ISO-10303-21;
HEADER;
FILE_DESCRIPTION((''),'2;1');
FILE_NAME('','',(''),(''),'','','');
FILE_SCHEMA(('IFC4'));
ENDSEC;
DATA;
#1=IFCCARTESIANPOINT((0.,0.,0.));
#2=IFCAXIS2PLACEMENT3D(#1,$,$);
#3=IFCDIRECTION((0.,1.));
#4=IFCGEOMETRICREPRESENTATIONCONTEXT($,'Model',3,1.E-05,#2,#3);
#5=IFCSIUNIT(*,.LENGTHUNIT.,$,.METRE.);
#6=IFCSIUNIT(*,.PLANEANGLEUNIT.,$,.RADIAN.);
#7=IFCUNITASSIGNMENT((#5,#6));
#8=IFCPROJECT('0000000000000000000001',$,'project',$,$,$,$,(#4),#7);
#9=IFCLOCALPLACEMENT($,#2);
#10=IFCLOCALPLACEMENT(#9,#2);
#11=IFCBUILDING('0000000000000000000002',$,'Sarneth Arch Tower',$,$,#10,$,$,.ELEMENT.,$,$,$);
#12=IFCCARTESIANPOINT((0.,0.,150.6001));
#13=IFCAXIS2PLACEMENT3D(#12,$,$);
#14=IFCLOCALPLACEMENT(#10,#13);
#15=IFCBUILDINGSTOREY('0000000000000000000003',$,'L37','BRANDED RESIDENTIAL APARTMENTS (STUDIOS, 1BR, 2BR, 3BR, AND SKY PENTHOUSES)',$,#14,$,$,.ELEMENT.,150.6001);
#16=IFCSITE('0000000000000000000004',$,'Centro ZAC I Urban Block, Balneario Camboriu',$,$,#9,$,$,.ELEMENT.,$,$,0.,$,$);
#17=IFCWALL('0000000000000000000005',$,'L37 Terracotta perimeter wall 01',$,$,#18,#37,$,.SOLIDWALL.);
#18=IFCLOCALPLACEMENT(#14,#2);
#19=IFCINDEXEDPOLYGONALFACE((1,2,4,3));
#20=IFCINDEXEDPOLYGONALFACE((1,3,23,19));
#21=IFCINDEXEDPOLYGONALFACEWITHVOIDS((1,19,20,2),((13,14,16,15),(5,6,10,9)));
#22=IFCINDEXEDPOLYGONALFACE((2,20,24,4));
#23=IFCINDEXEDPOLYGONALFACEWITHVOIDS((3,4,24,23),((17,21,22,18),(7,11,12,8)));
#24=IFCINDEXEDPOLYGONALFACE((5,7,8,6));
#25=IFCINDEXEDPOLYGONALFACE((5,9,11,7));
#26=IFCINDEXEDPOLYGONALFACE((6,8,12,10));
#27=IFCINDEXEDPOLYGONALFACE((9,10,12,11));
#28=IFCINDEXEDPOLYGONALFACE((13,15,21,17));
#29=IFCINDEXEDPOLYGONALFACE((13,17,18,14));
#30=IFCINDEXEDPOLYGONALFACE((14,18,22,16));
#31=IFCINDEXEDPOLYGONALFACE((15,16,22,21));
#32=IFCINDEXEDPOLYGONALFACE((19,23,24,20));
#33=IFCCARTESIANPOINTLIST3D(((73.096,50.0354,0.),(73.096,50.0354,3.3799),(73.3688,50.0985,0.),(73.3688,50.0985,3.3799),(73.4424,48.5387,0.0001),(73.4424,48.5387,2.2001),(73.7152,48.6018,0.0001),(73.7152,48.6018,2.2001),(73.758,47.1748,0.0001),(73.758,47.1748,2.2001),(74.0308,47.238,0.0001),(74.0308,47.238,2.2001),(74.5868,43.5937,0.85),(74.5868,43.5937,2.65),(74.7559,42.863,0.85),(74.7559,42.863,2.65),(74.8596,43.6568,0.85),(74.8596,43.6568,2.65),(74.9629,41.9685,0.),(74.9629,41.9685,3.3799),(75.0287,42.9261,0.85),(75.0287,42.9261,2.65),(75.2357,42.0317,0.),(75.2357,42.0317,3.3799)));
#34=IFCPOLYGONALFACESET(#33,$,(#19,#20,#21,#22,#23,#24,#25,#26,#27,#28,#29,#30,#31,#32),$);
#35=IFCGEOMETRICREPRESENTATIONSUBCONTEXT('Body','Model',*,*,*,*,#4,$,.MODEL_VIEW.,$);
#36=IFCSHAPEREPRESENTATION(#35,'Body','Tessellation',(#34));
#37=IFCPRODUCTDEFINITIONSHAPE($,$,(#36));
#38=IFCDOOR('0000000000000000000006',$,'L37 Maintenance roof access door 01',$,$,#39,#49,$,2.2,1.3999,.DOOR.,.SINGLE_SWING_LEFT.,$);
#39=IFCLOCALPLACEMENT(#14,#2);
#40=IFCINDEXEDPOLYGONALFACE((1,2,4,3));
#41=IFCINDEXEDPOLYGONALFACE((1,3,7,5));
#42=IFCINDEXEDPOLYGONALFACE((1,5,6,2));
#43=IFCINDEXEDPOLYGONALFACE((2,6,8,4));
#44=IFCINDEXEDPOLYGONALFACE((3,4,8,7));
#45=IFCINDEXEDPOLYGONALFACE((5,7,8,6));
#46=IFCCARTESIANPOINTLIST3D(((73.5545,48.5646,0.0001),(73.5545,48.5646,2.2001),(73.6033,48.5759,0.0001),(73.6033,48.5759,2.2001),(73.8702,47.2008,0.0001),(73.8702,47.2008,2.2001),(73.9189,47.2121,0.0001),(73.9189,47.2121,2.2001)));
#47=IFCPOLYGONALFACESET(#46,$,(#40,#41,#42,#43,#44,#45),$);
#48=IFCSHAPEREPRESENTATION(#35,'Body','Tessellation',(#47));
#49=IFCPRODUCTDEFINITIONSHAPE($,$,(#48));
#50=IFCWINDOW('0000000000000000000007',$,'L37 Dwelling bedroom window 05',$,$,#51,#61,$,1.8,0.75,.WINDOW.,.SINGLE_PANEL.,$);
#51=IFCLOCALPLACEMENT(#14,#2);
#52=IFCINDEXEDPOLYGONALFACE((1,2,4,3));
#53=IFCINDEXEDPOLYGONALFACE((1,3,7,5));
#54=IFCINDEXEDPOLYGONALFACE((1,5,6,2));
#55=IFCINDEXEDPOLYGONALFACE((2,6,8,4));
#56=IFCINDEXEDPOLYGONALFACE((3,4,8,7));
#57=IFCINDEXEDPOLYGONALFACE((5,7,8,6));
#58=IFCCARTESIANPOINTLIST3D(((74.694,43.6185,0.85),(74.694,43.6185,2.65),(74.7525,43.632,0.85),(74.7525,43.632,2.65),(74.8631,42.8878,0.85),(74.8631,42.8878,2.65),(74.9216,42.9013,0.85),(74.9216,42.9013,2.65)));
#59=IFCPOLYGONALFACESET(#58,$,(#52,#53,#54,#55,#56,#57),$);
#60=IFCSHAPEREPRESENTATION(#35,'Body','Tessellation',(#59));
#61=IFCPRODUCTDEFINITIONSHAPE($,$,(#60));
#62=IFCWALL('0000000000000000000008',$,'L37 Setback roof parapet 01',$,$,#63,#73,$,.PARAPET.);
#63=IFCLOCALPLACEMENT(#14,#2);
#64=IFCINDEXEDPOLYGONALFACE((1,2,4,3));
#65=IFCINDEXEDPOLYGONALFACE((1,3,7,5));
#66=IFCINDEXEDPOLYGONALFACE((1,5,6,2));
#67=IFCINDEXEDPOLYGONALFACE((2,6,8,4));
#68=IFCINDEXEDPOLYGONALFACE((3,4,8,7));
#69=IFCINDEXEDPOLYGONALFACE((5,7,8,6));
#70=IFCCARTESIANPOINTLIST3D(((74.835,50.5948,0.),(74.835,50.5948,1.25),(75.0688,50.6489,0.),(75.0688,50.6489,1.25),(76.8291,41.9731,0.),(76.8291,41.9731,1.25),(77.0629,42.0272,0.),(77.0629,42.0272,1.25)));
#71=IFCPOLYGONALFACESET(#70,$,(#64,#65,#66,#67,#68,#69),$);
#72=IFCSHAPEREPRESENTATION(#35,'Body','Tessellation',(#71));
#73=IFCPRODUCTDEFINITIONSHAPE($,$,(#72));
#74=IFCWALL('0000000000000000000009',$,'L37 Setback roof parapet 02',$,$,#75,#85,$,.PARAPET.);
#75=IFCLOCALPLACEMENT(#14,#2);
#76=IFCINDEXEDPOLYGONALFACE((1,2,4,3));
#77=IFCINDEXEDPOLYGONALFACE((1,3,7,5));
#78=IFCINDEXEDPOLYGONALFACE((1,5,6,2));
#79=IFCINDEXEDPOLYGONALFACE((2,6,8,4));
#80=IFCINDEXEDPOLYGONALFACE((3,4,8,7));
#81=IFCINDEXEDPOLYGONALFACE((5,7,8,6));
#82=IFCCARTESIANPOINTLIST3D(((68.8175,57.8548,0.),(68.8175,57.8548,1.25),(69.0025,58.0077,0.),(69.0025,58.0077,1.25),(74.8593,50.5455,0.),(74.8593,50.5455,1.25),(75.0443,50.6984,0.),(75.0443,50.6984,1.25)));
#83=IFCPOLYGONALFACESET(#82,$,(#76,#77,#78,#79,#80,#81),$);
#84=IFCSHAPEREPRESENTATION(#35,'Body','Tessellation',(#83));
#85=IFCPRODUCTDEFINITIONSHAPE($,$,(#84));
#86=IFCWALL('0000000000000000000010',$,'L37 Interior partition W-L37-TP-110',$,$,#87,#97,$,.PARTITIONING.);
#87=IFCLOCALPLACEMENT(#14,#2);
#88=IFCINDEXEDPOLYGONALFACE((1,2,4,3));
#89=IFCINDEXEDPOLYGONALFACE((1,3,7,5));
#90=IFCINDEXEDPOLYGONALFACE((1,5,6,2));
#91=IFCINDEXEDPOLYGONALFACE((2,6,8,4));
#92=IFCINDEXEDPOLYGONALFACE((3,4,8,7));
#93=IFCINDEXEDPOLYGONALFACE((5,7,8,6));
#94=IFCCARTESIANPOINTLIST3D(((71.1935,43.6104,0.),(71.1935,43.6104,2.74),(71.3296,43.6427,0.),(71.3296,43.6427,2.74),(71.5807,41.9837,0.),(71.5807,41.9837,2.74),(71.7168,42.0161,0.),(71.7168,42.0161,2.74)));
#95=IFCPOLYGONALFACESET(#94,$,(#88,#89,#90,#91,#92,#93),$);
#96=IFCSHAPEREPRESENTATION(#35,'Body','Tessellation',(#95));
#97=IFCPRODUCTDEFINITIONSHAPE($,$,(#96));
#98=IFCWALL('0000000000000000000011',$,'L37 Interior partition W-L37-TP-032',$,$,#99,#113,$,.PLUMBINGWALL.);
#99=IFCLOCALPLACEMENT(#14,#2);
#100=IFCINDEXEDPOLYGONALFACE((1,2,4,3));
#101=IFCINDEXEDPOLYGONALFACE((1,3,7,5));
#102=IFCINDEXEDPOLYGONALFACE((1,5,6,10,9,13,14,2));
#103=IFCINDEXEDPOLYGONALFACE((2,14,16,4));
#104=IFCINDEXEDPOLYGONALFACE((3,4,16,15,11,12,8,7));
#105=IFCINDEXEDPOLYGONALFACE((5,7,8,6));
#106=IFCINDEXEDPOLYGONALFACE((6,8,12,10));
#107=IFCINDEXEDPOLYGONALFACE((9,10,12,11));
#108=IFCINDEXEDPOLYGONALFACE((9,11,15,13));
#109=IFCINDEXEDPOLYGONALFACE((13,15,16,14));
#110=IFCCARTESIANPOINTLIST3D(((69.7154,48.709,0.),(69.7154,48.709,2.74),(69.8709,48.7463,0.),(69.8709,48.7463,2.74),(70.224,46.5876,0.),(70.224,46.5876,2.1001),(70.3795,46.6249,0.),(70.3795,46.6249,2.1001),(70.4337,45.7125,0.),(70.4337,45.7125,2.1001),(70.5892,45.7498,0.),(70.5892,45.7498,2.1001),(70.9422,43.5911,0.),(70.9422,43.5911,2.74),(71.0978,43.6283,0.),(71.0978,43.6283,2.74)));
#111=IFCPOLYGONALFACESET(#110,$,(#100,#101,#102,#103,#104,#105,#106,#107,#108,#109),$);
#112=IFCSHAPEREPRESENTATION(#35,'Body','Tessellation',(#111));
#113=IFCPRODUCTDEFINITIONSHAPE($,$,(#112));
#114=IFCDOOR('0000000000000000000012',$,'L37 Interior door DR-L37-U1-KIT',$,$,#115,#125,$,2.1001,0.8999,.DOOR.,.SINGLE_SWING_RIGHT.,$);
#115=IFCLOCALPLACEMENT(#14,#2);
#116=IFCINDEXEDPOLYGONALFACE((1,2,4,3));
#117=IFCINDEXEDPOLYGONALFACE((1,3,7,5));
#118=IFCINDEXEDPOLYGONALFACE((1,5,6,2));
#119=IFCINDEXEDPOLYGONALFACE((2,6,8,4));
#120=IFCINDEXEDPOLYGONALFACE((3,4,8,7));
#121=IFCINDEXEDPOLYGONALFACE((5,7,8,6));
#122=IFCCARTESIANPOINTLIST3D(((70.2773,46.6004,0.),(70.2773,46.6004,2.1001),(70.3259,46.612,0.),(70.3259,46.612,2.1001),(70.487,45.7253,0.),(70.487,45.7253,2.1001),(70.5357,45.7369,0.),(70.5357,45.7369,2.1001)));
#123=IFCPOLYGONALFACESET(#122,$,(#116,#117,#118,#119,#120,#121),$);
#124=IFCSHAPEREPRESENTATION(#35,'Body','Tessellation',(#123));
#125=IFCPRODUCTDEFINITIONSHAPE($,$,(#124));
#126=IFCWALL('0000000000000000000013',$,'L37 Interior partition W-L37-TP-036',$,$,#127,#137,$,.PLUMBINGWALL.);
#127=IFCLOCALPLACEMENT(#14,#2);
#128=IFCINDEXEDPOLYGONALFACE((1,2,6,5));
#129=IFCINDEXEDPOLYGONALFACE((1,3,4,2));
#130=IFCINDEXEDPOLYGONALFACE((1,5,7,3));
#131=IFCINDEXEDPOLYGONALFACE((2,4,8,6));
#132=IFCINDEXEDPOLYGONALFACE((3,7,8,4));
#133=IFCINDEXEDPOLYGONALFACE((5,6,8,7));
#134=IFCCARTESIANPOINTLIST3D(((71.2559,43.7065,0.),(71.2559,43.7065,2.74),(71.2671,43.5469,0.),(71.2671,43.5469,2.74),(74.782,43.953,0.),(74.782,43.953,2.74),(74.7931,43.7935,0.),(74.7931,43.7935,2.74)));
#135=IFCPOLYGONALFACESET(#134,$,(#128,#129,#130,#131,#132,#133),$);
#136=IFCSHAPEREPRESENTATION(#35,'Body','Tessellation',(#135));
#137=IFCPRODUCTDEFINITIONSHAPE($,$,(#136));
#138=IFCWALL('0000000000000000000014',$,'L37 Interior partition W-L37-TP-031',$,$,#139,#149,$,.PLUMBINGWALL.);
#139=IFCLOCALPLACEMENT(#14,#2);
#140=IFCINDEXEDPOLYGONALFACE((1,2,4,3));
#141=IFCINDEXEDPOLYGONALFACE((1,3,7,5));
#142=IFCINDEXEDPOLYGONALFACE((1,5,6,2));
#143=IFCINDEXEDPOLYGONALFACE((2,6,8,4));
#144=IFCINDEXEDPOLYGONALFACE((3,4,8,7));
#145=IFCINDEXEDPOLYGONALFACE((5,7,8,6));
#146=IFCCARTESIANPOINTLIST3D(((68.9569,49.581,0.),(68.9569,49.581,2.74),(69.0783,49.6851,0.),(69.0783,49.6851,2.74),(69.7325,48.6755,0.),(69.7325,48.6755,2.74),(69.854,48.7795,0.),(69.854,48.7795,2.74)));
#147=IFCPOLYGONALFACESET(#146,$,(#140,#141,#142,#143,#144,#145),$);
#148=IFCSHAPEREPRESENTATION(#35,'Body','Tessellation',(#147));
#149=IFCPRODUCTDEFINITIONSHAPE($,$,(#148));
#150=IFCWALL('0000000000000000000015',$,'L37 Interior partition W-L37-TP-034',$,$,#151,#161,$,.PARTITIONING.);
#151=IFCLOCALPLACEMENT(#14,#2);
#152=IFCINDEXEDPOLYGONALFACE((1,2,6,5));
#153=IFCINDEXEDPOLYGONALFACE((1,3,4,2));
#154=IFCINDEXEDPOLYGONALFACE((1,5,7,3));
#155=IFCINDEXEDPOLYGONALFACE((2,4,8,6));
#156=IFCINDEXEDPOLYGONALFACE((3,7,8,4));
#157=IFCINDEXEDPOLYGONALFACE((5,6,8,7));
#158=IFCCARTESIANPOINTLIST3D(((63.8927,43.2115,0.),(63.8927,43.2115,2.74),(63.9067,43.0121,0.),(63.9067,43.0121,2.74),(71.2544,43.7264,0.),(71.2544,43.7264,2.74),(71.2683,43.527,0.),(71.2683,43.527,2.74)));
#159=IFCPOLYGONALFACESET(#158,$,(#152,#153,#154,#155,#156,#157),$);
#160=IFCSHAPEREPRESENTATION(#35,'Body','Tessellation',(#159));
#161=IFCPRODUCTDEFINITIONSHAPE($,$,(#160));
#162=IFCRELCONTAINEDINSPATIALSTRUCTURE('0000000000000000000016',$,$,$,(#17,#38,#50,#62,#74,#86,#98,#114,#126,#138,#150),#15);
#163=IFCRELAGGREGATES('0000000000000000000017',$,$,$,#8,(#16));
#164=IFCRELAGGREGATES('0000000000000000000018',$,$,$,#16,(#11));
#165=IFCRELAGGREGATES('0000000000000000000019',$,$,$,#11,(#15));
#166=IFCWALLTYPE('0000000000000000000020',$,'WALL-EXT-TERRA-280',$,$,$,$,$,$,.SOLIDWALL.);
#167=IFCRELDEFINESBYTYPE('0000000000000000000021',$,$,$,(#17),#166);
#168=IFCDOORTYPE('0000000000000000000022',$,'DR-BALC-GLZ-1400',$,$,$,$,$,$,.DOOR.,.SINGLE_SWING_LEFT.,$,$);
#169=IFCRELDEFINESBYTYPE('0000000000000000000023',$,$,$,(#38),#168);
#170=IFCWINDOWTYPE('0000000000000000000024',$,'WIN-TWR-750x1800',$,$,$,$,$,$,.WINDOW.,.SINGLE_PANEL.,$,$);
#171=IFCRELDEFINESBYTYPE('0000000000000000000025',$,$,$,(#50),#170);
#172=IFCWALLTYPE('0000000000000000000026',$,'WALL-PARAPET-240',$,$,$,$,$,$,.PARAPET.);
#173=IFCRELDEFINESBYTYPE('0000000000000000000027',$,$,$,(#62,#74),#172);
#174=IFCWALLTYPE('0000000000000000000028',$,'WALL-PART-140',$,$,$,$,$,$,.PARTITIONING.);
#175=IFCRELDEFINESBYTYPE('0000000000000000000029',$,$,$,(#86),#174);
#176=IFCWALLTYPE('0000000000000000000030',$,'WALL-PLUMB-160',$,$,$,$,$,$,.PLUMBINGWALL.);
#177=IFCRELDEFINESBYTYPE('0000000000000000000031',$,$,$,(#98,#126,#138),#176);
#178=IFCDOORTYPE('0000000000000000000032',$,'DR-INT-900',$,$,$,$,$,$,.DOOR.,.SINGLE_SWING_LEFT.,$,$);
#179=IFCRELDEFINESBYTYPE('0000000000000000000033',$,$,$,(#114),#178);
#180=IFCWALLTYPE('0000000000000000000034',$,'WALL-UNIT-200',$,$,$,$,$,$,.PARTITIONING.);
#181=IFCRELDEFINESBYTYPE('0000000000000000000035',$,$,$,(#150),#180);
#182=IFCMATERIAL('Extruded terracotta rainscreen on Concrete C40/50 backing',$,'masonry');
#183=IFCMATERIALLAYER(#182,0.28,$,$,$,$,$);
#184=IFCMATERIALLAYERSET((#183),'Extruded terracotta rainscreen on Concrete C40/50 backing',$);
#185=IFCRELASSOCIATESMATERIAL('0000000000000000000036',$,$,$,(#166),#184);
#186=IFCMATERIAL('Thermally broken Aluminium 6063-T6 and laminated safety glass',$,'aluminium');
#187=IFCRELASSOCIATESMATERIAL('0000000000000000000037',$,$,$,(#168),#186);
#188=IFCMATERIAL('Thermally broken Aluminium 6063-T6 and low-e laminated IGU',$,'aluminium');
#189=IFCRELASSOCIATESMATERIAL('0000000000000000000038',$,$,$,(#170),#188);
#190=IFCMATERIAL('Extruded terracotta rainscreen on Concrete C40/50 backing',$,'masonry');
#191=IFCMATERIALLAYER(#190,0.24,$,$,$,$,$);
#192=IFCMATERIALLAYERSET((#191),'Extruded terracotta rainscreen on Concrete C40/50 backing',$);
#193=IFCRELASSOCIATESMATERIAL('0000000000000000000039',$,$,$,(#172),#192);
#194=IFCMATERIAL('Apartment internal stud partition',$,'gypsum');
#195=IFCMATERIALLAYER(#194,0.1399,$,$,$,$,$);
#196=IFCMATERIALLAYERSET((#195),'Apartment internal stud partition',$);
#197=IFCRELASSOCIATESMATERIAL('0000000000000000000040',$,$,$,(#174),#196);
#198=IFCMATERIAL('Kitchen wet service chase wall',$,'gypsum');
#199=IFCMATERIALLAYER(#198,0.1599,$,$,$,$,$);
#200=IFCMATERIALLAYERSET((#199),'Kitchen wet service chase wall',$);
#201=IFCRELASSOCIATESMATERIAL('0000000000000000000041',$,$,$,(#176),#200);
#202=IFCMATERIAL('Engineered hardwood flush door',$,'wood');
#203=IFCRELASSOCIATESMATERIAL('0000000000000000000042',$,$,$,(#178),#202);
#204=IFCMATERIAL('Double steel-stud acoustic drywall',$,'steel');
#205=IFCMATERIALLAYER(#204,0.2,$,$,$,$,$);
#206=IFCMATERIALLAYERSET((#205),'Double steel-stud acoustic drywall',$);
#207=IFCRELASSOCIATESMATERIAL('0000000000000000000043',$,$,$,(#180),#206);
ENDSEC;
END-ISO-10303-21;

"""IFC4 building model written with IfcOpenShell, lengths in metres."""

from ifc_helpers import new_model, si_unit, direction, frame, frame_2d, origin, place, context, subcontext, project, spatial, rectangle, extrude, material, layer, layer_set, type_object, element, fill, save


model = new_model("IFC4")

# Units and contexts
model_context = context("Model", 3, precision=1e-05, world=origin(), true_north=direction((0.0, 1.0)))
body_context = subcontext(model_context, "Body", "Model", "MODEL_VIEW")
ifc_project = project(units=[si_unit("LENGTHUNIT", "METRE"), si_unit("PLANEANGLEUNIT", "RADIAN")], contexts=[model_context])

# Site, building, storey
site_placement = place(None, origin())
site = spatial("IfcSite", under=ifc_project, at=site_placement, Name="Centro ZAC I Urban Block, Balneario Camboriu", CompositionType="ELEMENT", RefElevation=0.0)
building_placement = place(site_placement, origin())
building = spatial("IfcBuilding", under=site, at=building_placement, Name="Sarneth Arch Tower", CompositionType="ELEMENT")
storey_placement = place(building_placement, frame((0.0, 0.0, 150.6001)))
storey = spatial("IfcBuildingStorey", under=building, at=storey_placement, Name="L37", Description="BRANDED RESIDENTIAL APARTMENTS (STUDIOS, 1BR, 2BR, 3BR, AND SKY PENTHOUSES)", CompositionType="ELEMENT", Elevation=150.6001)

# Wall, openings, door, window
ifc_material_1 = material(Name="Extruded terracotta rainscreen on Concrete C40/50 backing", Category="masonry")
ifc_layer_1 = layer(ifc_material_1, 0.28)
ifc_layer_set_1 = layer_set([ifc_layer_1], Name="Extruded terracotta rainscreen on Concrete C40/50 backing")
wall_type_1 = type_object("IfcWallType", Name="WALL-EXT-TERRA-280", PredefinedType="SOLIDWALL", material=ifc_layer_set_1)
wall_1_placement = place(storey_placement, frame((75.0994, 42.0, 0.0), z_axis=(0.0, 0.0, 1.0), x_axis=(-0.225473, 0.974249, 0.0)))
wall_1 = element("IfcWall", 1, at=wall_1_placement, inside=storey, type_object=wall_type_1, Name="L37 Terracotta perimeter wall 01", PredefinedType="SOLIDWALL", context=body_context, shape_type="SweptSolid", body=[
    extrude(rectangle(XDim=8.28, YDim=0.28, at=frame_2d((4.1401, 0.0))), origin(), (0.0, 0.0, 1.0), 3.3799),
])
opening_1_placement = place(wall_1_placement, frame((5.344, 0.0, 0.0)))
opening_1 = element("IfcOpeningElement", 2, at=opening_1_placement, cuts=wall_1, PredefinedType="OPENING", context=body_context, shape_type="SweptSolid", body=[
    extrude(rectangle(XDim=1.3999, YDim=2.2, at=frame_2d((0.7, 1.1001))), frame((0.0, 0.1499, 0.0), z_axis=(0.0, -1.0, 0.0), x_axis=(1.0, 0.0, 0.0)), (0.0, 0.0, 1.0), 0.3),
])
opening_2_placement = place(wall_1_placement, frame((0.9182, 0.0, 0.8501)))
opening_2 = element("IfcOpeningElement", 3, at=opening_2_placement, cuts=wall_1, PredefinedType="OPENING", context=body_context, shape_type="SweptSolid", body=[
    extrude(rectangle(XDim=0.75, YDim=1.8, at=frame_2d((0.375, 0.8999))), frame((0.0, 0.1499, 0.0), z_axis=(0.0, -1.0, 0.0), x_axis=(1.0, 0.0, 0.0)), (0.0, 0.0, 1.0), 0.3),
])
ifc_material_2 = material(Name="Thermally broken Aluminium 6063-T6 and laminated safety glass", Category="aluminium")
door_type_1 = type_object("IfcDoorType", Name="DR-BALC-GLZ-1400", OperationType="SINGLE_SWING_LEFT", PredefinedType="DOOR", material=ifc_material_2)
door_1_placement = place(opening_1_placement, origin())
door_1 = element("IfcDoor", 4, at=door_1_placement, inside=storey, type_object=door_type_1, Name="L37 Maintenance roof access door 01", OperationType="SINGLE_SWING_LEFT", OverallHeight=2.2, OverallWidth=1.3999, PredefinedType="DOOR", context=body_context, shape_type="SweptSolid", body=[
    extrude(rectangle(XDim=1.3999, YDim=2.2, at=frame_2d((0.7, 1.1001))), frame((0.0, 0.0249, 0.0), z_axis=(0.0, -1.0, 0.0), x_axis=(1.0, 0.0, 0.0)), (0.0, 0.0, 1.0), 0.05),
])
fill(opening_1, door_1)
ifc_material_3 = material(Name="Thermally broken Aluminium 6063-T6 and low-e laminated IGU", Category="aluminium")
window_type = type_object("IfcWindowType", Name="WIN-TWR-750x1800", PartitioningType="SINGLE_PANEL", PredefinedType="WINDOW", material=ifc_material_3)
window_placement = place(opening_2_placement, origin())
window = element("IfcWindow", 5, at=window_placement, inside=storey, type_object=window_type, Name="L37 Dwelling bedroom window 05", OverallHeight=1.8, OverallWidth=0.75, PartitioningType="SINGLE_PANEL", PredefinedType="WINDOW", context=body_context, shape_type="SweptSolid", body=[
    extrude(rectangle(XDim=0.75, YDim=1.8, at=frame_2d((0.375, 0.8999))), frame((0.0, 0.03, 0.0), z_axis=(0.0, -1.0, 0.0), x_axis=(1.0, 0.0, 0.0)), (0.0, 0.0, 1.0), 0.0601),
])
fill(opening_2, window)

# Walls
ifc_material_4 = material(Name="Extruded terracotta rainscreen on Concrete C40/50 backing", Category="masonry")
ifc_layer_2 = layer(ifc_material_4, 0.24)
ifc_layer_set_2 = layer_set([ifc_layer_2], Name="Extruded terracotta rainscreen on Concrete C40/50 backing")
wall_type_2 = type_object("IfcWallType", Name="WALL-PARAPET-240", PredefinedType="PARAPET", material=ifc_layer_set_2)
wall_2_placement = place(storey_placement, frame((76.946, 42.0, 0.0), z_axis=(0.0, 0.0, 1.0), x_axis=(-0.225341, 0.97428, 0.0)))
element("IfcWall", 6, at=wall_2_placement, inside=storey, type_object=wall_type_2, Name="L37 Setback roof parapet 01", PredefinedType="PARAPET", context=body_context, shape_type="SweptSolid", body=[
    extrude(rectangle(XDim=8.8494, YDim=0.24, at=frame_2d((4.4248, 0.0))), origin(), (0.0, 0.0, 1.0), 1.25),
])
wall_3_placement = place(storey_placement, frame((74.9519, 50.6218, 0.0), z_axis=(0.0, 0.0, 1.0), x_axis=(-0.637108, 0.770775, 0.0)))
element("IfcWall", 7, at=wall_3_placement, inside=storey, type_object=wall_type_2, Name="L37 Setback roof parapet 02", PredefinedType="PARAPET", context=body_context, shape_type="SweptSolid", body=[
    extrude(rectangle(XDim=9.4832, YDim=0.24, at=frame_2d((4.7417, 0.0))), origin(), (0.0, 0.0, 1.0), 1.25),
])
ifc_material_5 = material(Name="Apartment internal stud partition", Category="gypsum")
ifc_layer_3 = layer(ifc_material_5, 0.1399)
ifc_layer_set_3 = layer_set([ifc_layer_3], Name="Apartment internal stud partition")
wall_type_3 = type_object("IfcWallType", Name="WALL-PART-140", PredefinedType="PARTITIONING", material=ifc_layer_set_3)
wall_4_placement = place(storey_placement, frame((71.6487, 42.0, 0.0), z_axis=(0.0, 0.0, 1.0), x_axis=(-0.231561, 0.97282, 0.0)))
element("IfcWall", 8, at=wall_4_placement, inside=storey, type_object=wall_type_3, Name="L37 Interior partition W-L37-TP-110", PredefinedType="PARTITIONING", context=body_context, shape_type="SweptSolid", body=[
    extrude(rectangle(XDim=1.6721, YDim=0.1399, at=frame_2d((0.8359, 0.0))), origin(), (0.0, 0.0, 1.0), 2.74),
])

# Wall, opening, door
ifc_material_6 = material(Name="Kitchen wet service chase wall", Category="gypsum")
ifc_layer_4 = layer(ifc_material_6, 0.1599)
ifc_layer_set_4 = layer_set([ifc_layer_4], Name="Kitchen wet service chase wall")
wall_type_4 = type_object("IfcWallType", Name="WALL-PLUMB-160", PredefinedType="PLUMBINGWALL", material=ifc_layer_set_4)
wall_5_placement = place(storey_placement, frame((69.7932, 48.7275, 0.0), z_axis=(0.0, 0.0, 1.0), x_axis=(0.233105, -0.972452, 0.0)))
wall_5 = element("IfcWall", 9, at=wall_5_placement, inside=storey, type_object=wall_type_4, Name="L37 Interior partition W-L37-TP-032", PredefinedType="PLUMBINGWALL", context=body_context, shape_type="SweptSolid", body=[
    extrude(rectangle(XDim=5.2629, YDim=0.1599, at=frame_2d((2.6313, 0.0))), origin(), (0.0, 0.0, 1.0), 2.74),
])
opening_3_placement = place(wall_5_placement, frame((2.1814, 0.0, 0.0)))
opening_3 = element("IfcOpeningElement", 10, at=opening_3_placement, cuts=wall_5, PredefinedType="OPENING", context=body_context, shape_type="SweptSolid", body=[
    extrude(rectangle(XDim=0.8999, YDim=2.1001, at=frame_2d((0.45, 1.05))), frame((0.0, 0.0898, 0.0), z_axis=(0.0, -1.0, 0.0), x_axis=(1.0, 0.0, 0.0)), (0.0, 0.0, 1.0), 0.1799),
])
ifc_material_7 = material(Name="Engineered hardwood flush door", Category="wood")
door_type_2 = type_object("IfcDoorType", Name="DR-INT-900", OperationType="SINGLE_SWING_LEFT", PredefinedType="DOOR", material=ifc_material_7)
door_2_placement = place(opening_3_placement, origin())
door_2 = element("IfcDoor", 11, at=door_2_placement, inside=storey, type_object=door_type_2, Name="L37 Interior door DR-L37-U1-KIT", OperationType="SINGLE_SWING_RIGHT", OverallHeight=2.1001, OverallWidth=0.8999, PredefinedType="DOOR", context=body_context, shape_type="SweptSolid", body=[
    extrude(rectangle(XDim=0.8999, YDim=2.1001, at=frame_2d((0.45, 1.05))), frame((0.0, 0.0249, 0.0), z_axis=(0.0, -1.0, 0.0), x_axis=(1.0, 0.0, 0.0)), (0.0, 0.0, 1.0), 0.05),
])
fill(opening_3, door_2)

# Walls
wall_6_placement = place(storey_placement, frame((71.2615, 43.6267, 0.0), z_axis=(0.0, 0.0, 1.0), x_axis=(0.997564, 0.06976, 0.0)))
element("IfcWall", 12, at=wall_6_placement, inside=storey, type_object=wall_type_4, Name="L37 Interior partition W-L37-TP-036", PredefinedType="PLUMBINGWALL", context=body_context, shape_type="SweptSolid", body=[
    extrude(rectangle(XDim=3.5347, YDim=0.1599, at=frame_2d((1.7673, 0.0))), origin(), (0.0, 0.0, 1.0), 2.74),
])
wall_7_placement = place(storey_placement, frame((69.0176, 49.6331, 0.0), z_axis=(0.0, 0.0, 1.0), x_axis=(0.650538, -0.759473, 0.0)))
element("IfcWall", 13, at=wall_7_placement, inside=storey, type_object=wall_type_4, Name="L37 Interior partition W-L37-TP-031", PredefinedType="PLUMBINGWALL", context=body_context, shape_type="SweptSolid", body=[
    extrude(rectangle(XDim=1.1924, YDim=0.1599, at=frame_2d((0.5962, 0.0))), origin(), (0.0, 0.0, 1.0), 2.74),
])
ifc_material_8 = material(Name="Double steel-stud acoustic drywall", Category="steel")
ifc_layer_5 = layer(ifc_material_8, 0.2)
ifc_layer_set_5 = layer_set([ifc_layer_5], Name="Double steel-stud acoustic drywall")
wall_type_5 = type_object("IfcWallType", Name="WALL-UNIT-200", PredefinedType="PARTITIONING", material=ifc_layer_set_5)
wall_8_placement = place(storey_placement, frame((71.2615, 43.6267, 0.0), z_axis=(0.0, 0.0, 1.0), x_axis=(-0.997563, -0.069773, 0.0)))
element("IfcWall", 14, at=wall_8_placement, inside=storey, type_object=wall_type_5, Name="L37 Interior partition W-L37-TP-034", PredefinedType="PARTITIONING", context=body_context, shape_type="SweptSolid", body=[
    extrude(rectangle(XDim=7.3796, YDim=0.2, at=frame_2d((3.6899, 0.0))), origin(), (0.0, 0.0, 1.0), 2.74),
])

save(model, "model.ifc")
